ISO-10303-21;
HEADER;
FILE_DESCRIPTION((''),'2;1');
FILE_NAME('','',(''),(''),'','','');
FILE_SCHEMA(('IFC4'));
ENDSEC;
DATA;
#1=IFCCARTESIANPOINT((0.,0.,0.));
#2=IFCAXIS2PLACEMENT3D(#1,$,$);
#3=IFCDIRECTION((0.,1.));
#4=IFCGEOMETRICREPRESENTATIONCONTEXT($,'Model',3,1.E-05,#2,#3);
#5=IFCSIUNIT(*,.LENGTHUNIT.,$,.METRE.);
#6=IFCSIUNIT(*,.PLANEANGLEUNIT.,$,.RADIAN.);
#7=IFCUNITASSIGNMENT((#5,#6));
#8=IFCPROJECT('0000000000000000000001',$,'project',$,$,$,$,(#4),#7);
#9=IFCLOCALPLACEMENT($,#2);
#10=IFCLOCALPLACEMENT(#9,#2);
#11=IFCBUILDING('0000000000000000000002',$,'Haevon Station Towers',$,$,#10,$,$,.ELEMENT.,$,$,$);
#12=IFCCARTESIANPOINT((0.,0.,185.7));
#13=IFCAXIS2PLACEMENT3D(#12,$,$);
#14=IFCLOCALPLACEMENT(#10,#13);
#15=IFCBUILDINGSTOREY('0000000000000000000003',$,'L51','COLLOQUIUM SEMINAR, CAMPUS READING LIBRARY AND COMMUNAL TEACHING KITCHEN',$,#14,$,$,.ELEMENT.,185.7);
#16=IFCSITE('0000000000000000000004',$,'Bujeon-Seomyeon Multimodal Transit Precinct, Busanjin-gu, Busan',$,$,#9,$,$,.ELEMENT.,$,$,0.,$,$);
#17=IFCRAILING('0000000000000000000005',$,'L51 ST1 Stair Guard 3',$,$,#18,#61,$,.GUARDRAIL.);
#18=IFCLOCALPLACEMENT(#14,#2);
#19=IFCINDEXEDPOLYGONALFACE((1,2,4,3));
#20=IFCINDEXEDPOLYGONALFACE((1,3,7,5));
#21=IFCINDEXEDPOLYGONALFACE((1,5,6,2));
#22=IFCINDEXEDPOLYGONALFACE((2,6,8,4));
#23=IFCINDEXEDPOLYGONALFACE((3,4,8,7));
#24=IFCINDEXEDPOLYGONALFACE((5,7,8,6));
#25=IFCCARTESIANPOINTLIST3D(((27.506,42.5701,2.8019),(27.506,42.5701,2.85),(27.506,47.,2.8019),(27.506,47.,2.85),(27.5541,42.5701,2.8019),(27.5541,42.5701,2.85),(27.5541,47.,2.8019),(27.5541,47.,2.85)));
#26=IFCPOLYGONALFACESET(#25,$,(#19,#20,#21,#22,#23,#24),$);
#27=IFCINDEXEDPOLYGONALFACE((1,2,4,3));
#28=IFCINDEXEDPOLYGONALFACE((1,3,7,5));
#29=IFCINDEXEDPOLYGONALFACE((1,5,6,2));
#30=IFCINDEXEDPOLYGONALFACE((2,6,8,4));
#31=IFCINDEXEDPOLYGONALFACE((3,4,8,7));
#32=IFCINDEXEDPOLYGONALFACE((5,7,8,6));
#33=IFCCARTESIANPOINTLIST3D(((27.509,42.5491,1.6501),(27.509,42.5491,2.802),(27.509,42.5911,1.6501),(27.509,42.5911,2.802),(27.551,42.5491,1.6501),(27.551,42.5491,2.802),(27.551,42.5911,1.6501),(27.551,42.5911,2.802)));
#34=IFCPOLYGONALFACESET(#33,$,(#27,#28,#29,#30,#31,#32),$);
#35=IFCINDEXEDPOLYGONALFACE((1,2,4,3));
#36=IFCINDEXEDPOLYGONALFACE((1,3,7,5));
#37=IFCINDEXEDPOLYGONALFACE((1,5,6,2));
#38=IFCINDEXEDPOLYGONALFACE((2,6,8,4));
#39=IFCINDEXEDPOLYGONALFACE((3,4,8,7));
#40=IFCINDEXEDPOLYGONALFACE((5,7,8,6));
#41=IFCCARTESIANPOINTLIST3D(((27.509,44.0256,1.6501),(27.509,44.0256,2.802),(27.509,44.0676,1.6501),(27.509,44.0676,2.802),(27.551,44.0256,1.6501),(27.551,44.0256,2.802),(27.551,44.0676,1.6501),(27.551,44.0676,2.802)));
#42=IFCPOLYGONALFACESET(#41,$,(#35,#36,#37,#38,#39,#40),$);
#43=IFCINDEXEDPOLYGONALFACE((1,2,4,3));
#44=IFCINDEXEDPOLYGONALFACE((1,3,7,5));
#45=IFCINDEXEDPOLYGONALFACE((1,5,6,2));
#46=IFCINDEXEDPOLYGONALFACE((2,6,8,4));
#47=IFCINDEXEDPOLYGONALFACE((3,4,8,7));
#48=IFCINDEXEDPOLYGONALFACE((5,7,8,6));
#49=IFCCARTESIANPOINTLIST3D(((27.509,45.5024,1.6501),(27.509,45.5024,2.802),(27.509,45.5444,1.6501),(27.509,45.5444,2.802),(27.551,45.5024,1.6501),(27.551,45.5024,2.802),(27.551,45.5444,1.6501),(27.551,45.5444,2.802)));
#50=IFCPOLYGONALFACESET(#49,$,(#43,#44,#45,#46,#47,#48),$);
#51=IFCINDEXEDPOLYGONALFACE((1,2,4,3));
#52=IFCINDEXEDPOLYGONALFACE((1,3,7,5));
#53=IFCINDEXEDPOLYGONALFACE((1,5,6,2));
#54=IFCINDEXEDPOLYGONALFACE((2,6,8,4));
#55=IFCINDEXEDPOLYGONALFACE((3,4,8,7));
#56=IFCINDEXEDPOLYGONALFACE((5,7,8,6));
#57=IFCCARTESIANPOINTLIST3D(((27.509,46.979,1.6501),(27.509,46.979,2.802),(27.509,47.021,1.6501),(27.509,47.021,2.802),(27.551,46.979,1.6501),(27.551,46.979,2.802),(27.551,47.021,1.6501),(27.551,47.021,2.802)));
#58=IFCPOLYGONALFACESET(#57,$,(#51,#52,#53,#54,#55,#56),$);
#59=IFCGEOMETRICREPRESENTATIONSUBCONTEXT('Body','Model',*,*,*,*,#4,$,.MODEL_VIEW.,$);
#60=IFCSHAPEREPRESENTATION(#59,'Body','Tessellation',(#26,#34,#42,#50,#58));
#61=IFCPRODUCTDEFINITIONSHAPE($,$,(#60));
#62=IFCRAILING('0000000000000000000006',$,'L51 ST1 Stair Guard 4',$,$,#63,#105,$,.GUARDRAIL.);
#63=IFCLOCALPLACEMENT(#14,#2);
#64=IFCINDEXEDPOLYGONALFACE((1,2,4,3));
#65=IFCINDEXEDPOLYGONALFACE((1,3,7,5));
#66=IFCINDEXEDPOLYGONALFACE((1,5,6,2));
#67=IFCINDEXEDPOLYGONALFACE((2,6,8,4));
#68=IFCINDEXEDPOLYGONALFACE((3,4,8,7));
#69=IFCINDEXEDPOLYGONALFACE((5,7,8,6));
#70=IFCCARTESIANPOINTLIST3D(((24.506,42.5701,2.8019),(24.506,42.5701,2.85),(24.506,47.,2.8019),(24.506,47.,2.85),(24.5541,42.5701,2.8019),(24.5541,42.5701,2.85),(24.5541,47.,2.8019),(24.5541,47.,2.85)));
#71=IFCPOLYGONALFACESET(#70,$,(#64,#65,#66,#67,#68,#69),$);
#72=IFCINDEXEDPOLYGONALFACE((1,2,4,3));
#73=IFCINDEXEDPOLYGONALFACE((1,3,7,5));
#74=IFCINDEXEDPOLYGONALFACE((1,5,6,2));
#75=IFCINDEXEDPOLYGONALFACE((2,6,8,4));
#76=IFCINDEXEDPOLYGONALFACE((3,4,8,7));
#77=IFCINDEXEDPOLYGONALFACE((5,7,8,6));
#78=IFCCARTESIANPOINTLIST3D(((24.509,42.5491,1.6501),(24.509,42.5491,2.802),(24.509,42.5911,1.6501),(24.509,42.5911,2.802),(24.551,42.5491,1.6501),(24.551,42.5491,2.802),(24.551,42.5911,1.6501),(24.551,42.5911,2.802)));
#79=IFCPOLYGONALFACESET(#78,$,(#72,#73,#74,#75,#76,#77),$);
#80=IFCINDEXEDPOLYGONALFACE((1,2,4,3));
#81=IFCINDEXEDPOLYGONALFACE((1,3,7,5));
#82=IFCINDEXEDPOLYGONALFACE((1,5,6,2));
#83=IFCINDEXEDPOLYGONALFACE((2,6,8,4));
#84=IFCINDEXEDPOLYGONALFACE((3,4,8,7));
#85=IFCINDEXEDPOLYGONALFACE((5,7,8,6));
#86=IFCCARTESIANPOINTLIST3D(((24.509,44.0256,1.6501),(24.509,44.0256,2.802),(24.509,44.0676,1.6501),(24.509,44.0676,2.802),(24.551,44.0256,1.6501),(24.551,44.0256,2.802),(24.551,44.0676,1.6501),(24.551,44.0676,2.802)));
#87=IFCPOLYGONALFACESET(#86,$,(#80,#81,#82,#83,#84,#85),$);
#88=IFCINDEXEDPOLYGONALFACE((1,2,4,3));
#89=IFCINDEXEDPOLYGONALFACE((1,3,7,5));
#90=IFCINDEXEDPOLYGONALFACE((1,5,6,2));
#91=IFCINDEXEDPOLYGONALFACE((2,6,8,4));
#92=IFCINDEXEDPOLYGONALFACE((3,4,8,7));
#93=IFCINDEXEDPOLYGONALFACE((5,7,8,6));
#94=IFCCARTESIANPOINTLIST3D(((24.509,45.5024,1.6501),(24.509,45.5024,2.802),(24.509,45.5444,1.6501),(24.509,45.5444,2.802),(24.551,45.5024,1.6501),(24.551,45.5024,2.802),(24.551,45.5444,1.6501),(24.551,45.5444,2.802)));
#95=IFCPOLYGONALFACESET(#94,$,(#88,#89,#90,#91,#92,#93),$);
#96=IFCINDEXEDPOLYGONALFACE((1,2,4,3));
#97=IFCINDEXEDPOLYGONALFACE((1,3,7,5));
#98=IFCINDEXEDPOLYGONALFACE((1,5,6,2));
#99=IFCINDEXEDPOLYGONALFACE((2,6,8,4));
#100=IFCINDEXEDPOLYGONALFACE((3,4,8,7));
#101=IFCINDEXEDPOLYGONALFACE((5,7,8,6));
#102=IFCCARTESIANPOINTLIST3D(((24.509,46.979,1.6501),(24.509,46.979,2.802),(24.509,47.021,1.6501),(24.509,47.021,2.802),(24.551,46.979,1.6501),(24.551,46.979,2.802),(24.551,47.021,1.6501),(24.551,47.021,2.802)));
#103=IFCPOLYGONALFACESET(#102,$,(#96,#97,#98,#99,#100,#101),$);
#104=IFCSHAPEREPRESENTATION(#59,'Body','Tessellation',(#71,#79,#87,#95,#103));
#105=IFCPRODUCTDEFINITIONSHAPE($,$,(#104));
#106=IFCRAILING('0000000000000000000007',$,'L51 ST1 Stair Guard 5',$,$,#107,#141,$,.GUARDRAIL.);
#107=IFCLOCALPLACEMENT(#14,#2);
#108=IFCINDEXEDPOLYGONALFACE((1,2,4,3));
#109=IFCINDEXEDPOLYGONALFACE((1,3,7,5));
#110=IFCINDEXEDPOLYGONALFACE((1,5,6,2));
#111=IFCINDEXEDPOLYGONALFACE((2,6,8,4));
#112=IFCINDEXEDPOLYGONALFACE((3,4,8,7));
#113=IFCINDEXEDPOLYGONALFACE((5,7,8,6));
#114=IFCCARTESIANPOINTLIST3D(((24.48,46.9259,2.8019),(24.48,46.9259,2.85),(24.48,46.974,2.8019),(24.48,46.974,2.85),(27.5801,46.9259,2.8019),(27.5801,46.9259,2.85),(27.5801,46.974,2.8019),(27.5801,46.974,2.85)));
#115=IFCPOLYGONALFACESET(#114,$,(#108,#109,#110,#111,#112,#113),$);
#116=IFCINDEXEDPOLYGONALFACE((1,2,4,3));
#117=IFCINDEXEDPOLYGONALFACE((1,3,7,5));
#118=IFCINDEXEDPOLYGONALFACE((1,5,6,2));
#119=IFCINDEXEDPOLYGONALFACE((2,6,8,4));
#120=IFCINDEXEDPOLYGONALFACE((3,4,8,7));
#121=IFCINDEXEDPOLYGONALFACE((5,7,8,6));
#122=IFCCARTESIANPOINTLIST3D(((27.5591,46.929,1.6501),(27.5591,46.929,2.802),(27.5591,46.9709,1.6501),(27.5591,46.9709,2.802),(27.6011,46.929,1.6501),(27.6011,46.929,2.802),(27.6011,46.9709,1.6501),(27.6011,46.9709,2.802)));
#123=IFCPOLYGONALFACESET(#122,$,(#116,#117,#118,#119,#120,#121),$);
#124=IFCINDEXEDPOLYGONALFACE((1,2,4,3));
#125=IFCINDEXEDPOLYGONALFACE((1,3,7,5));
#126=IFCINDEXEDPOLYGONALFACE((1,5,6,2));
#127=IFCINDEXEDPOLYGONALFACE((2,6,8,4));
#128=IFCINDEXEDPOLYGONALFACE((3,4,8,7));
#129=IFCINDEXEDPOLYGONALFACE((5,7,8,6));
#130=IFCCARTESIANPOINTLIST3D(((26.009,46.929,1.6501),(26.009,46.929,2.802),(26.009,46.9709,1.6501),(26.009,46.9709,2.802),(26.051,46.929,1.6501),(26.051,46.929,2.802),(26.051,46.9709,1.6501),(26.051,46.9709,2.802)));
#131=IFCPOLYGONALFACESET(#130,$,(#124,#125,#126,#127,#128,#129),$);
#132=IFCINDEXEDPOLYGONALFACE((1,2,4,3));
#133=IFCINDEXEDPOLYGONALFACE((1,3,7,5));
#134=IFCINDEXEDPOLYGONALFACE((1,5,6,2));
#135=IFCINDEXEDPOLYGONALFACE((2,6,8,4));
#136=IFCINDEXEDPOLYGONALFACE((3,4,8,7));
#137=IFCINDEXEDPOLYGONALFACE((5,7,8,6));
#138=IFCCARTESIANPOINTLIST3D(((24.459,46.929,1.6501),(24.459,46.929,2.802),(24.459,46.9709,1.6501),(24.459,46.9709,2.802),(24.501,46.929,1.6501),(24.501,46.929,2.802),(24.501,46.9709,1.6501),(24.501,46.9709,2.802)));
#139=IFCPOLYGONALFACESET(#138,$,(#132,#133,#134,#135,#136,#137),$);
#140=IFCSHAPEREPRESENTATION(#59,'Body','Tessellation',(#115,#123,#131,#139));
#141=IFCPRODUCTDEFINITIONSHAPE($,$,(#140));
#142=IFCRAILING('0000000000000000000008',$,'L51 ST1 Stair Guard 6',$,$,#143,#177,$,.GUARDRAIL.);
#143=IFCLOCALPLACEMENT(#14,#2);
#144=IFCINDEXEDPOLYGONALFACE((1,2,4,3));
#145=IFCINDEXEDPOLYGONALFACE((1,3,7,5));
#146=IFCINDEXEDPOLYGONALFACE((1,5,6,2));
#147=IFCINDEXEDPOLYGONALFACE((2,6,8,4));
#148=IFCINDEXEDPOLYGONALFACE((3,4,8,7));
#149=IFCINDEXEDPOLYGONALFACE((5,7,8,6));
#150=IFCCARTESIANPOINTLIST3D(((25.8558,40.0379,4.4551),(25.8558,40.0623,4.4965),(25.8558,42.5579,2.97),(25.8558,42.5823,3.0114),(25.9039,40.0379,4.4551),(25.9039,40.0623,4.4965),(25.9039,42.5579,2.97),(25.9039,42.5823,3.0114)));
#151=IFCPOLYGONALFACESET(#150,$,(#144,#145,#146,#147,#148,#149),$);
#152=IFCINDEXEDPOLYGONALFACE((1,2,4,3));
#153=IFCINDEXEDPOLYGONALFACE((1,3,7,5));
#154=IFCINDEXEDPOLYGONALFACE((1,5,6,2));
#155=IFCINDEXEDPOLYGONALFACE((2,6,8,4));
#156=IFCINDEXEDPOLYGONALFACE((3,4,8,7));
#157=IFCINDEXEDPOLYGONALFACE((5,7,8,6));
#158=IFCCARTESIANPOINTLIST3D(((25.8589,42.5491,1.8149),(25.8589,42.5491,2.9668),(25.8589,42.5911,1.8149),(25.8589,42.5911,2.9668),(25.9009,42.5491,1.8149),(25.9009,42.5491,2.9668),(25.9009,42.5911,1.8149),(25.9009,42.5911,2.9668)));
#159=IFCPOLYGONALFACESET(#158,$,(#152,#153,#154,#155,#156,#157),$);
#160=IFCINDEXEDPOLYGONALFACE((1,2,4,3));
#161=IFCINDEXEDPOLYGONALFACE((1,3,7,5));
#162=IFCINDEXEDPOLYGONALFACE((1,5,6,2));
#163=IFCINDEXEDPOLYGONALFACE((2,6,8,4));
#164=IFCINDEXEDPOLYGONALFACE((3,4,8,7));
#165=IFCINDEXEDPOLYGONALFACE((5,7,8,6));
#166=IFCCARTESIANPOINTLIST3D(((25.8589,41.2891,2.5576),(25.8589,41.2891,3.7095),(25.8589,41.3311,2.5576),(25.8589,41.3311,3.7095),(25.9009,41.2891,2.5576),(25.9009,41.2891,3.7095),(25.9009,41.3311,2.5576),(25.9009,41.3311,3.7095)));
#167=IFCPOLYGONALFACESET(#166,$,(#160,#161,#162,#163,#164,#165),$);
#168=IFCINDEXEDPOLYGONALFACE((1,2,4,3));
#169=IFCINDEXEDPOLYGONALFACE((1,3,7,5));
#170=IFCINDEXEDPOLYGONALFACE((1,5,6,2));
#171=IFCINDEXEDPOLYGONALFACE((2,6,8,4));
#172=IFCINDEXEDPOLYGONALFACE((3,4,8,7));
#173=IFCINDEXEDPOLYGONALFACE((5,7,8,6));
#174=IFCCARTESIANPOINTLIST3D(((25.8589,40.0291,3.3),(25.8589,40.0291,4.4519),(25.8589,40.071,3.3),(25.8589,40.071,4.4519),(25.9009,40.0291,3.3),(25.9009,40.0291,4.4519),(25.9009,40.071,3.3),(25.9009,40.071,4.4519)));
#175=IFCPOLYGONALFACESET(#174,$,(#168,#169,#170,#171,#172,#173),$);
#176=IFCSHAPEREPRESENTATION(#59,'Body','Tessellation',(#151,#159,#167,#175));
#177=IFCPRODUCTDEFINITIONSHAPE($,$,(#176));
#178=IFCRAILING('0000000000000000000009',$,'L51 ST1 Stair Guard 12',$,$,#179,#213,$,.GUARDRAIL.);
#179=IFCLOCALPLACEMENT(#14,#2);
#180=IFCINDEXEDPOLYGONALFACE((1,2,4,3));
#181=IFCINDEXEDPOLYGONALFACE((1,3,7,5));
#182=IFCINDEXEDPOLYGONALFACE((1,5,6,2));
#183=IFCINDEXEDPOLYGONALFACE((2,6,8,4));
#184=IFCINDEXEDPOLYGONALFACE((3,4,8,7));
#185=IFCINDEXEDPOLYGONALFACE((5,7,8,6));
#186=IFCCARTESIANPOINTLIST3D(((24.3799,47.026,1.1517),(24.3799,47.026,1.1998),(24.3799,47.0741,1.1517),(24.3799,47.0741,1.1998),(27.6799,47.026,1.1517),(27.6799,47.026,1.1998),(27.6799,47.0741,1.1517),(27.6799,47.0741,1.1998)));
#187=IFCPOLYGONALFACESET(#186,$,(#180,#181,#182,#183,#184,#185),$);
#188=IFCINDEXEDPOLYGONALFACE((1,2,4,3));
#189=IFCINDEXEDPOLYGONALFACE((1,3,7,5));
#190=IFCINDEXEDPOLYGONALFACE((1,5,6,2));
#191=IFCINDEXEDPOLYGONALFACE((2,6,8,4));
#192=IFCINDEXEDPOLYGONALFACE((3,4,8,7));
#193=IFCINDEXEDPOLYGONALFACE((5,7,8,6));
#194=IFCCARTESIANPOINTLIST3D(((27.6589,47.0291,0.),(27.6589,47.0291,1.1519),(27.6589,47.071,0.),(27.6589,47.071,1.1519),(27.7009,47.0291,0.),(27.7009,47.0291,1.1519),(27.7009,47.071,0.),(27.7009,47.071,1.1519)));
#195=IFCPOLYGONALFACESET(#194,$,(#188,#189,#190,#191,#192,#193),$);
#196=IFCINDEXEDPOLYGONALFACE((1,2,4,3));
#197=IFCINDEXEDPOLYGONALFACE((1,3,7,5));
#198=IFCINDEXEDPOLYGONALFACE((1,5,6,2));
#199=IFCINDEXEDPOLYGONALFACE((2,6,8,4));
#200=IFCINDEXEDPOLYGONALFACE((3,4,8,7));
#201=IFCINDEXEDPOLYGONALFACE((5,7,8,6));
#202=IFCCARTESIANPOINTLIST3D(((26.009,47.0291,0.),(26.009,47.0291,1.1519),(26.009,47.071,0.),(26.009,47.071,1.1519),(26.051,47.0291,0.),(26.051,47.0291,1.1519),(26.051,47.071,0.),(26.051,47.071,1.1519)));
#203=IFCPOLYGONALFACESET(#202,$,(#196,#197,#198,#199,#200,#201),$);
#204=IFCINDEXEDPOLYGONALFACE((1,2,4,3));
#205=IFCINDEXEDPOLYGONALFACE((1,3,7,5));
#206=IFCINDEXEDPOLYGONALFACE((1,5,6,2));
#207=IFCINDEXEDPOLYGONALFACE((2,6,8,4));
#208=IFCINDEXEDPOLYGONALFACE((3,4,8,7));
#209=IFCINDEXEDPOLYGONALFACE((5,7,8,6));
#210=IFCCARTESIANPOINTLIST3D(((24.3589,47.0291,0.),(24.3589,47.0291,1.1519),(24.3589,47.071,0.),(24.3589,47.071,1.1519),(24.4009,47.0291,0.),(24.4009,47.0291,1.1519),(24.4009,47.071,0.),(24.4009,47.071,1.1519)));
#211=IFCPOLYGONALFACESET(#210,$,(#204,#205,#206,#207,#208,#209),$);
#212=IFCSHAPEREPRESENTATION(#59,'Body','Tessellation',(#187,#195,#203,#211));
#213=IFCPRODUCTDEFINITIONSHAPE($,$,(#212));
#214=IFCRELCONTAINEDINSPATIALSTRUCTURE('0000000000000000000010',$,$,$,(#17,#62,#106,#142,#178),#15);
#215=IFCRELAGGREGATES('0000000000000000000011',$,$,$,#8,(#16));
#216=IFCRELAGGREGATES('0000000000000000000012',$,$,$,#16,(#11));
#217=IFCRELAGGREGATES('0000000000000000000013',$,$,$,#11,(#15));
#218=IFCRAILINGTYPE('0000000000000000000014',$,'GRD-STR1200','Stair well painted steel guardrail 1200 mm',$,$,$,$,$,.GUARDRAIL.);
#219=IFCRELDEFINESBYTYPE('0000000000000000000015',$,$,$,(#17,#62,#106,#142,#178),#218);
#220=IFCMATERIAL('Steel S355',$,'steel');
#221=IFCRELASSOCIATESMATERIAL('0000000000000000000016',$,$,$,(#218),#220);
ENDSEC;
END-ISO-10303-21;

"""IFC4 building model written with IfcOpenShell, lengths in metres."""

from ifc_helpers import new_model, si_unit, direction, frame, origin, origin_2d, place, context, subcontext, project, spatial, rectangle, extrude, material, type_object, element, save


model = new_model("IFC4")

# Units and contexts
model_context = context("Model", 3, precision=1e-05, world=origin(), true_north=direction((0.0, 1.0)))
body_context = subcontext(model_context, "Body", "Model", "MODEL_VIEW")
ifc_project = project(units=[si_unit("LENGTHUNIT", "METRE"), si_unit("PLANEANGLEUNIT", "RADIAN")], contexts=[model_context])

# Site, building, storey
site_placement = place(None, origin())
site = spatial("IfcSite", under=ifc_project, at=site_placement, Name="Bujeon-Seomyeon Multimodal Transit Precinct, Busanjin-gu, Busan", CompositionType="ELEMENT", RefElevation=0.0)
building_placement = place(site_placement, origin())
building = spatial("IfcBuilding", under=site, at=building_placement, Name="Haevon Station Towers", CompositionType="ELEMENT")
storey_placement = place(building_placement, frame((0.0, 0.0, 185.7)))
storey = spatial("IfcBuildingStorey", under=building, at=storey_placement, Name="L51", Description="COLLOQUIUM SEMINAR, CAMPUS READING LIBRARY AND COMMUNAL TEACHING KITCHEN", CompositionType="ELEMENT", Elevation=185.7)

# Shared definitions
ifc_material_1 = material(Name="Steel S355", Category="steel")

# Railings
railing_type_1 = type_object("IfcRailingType", Name="GRD-STR1200", Description="Stair well painted steel guardrail 1200 mm", PredefinedType="GUARDRAIL", material=ifc_material_1)
for number, where, name in (
    (1, (27.53, 42.5701, 1.6501), "L51 ST1 Stair Guard 3"),
    (2, (24.53, 42.5701, 1.6501), "L51 ST1 Stair Guard 4"),
):
    element("IfcRailing", number, at=place(storey_placement, frame(where)), inside=storey, type_object=railing_type_1, Name=name, PredefinedType="GUARDRAIL", context=body_context, shape_type="SweptSolid", body=[
        extrude(rectangle(XDim=0.0481, YDim=0.0481, at=origin_2d()), frame((0.0, 0.0, 1.1758), z_axis=(0.0, 1.0, 0.0), x_axis=(-1.0, 0.0, 0.0)), (0.0, 0.0, 1.0), 4.4299),
        extrude(rectangle(XDim=0.042, YDim=0.042, at=origin_2d()), origin(), (0.0, 0.0, 1.0), 1.1519),
        extrude(rectangle(XDim=0.042, YDim=0.042, at=origin_2d()), frame((0.0, 1.4766, 0.0)), (0.0, 0.0, 1.0), 1.1519),
        extrude(rectangle(XDim=0.042, YDim=0.042, at=origin_2d()), frame((0.0, 2.9534, 0.0)), (0.0, 0.0, 1.0), 1.1519),
        extrude(rectangle(XDim=0.042, YDim=0.042, at=origin_2d()), frame((0.0, 4.4299, 0.0)), (0.0, 0.0, 1.0), 1.1519),
    ])
railing_1_placement = place(storey_placement, frame((27.5801, 46.95, 1.6501)))
element("IfcRailing", 3, at=railing_1_placement, inside=storey, type_object=railing_type_1, Name="L51 ST1 Stair Guard 5", PredefinedType="GUARDRAIL", context=body_context, shape_type="SweptSolid", body=[
    extrude(rectangle(XDim=0.0481, YDim=0.0481, at=origin_2d()), frame((0.0, 0.0, 1.1758), z_axis=(-1.0, 0.0, 0.0), x_axis=(0.0, -1.0, 0.0)), (0.0, 0.0, 1.0), 3.1001),
    extrude(rectangle(XDim=0.042, YDim=0.042, at=origin_2d()), origin(), (0.0, 0.0, 1.0), 1.1519),
    extrude(rectangle(XDim=0.042, YDim=0.042, at=origin_2d()), frame((-1.55, 0.0, 0.0)), (0.0, 0.0, 1.0), 1.1519),
    extrude(rectangle(XDim=0.042, YDim=0.042, at=origin_2d()), frame((-3.1001, 0.0, 0.0)), (0.0, 0.0, 1.0), 1.1519),
])
railing_2_placement = place(storey_placement, frame((25.8799, 42.5701, 1.8149)))
element("IfcRailing", 4, at=railing_2_placement, inside=storey, type_object=railing_type_1, Name="L51 ST1 Stair Guard 6", PredefinedType="GUARDRAIL", context=body_context, shape_type="SweptSolid", body=[
    extrude(rectangle(XDim=0.0481, YDim=0.0481, at=origin_2d()), frame((0.0, 0.0, 1.1758), z_axis=(0.0, -0.861524, 0.507717), x_axis=(1.0, 0.0, 0.0)), (0.0, 0.0, 1.0), 2.925),
    extrude(rectangle(XDim=0.042, YDim=0.042, at=origin_2d()), origin(), (0.0, 0.0, 1.0), 1.1519),
    extrude(rectangle(XDim=0.042, YDim=0.042, at=origin_2d()), frame((0.0, -1.26, 0.7427)), (0.0, 0.0, 1.0), 1.1519),
    extrude(rectangle(XDim=0.042, YDim=0.042, at=origin_2d()), frame((0.0, -2.52, 1.4851)), (0.0, 0.0, 1.0), 1.1519),
])
railing_3_placement = place(storey_placement, frame((27.6799, 47.05, 0.0)))
element("IfcRailing", 5, at=railing_3_placement, inside=storey, type_object=railing_type_1, Name="L51 ST1 Stair Guard 12", PredefinedType="GUARDRAIL", context=body_context, shape_type="SweptSolid", body=[
    extrude(rectangle(XDim=0.0481, YDim=0.0481, at=origin_2d()), frame((0.0, 0.0, 1.1758), z_axis=(-1.0, 0.0, 0.0), x_axis=(0.0, -1.0, 0.0)), (0.0, 0.0, 1.0), 3.3),
    extrude(rectangle(XDim=0.042, YDim=0.042, at=origin_2d()), origin(), (0.0, 0.0, 1.0), 1.1519),
    extrude(rectangle(XDim=0.042, YDim=0.042, at=origin_2d()), frame((-1.6499, 0.0, 0.0)), (0.0, 0.0, 1.0), 1.1519),
    extrude(rectangle(XDim=0.042, YDim=0.042, at=origin_2d()), frame((-3.3, 0.0, 0.0)), (0.0, 0.0, 1.0), 1.1519),
])

save(model, "model.ifc")
